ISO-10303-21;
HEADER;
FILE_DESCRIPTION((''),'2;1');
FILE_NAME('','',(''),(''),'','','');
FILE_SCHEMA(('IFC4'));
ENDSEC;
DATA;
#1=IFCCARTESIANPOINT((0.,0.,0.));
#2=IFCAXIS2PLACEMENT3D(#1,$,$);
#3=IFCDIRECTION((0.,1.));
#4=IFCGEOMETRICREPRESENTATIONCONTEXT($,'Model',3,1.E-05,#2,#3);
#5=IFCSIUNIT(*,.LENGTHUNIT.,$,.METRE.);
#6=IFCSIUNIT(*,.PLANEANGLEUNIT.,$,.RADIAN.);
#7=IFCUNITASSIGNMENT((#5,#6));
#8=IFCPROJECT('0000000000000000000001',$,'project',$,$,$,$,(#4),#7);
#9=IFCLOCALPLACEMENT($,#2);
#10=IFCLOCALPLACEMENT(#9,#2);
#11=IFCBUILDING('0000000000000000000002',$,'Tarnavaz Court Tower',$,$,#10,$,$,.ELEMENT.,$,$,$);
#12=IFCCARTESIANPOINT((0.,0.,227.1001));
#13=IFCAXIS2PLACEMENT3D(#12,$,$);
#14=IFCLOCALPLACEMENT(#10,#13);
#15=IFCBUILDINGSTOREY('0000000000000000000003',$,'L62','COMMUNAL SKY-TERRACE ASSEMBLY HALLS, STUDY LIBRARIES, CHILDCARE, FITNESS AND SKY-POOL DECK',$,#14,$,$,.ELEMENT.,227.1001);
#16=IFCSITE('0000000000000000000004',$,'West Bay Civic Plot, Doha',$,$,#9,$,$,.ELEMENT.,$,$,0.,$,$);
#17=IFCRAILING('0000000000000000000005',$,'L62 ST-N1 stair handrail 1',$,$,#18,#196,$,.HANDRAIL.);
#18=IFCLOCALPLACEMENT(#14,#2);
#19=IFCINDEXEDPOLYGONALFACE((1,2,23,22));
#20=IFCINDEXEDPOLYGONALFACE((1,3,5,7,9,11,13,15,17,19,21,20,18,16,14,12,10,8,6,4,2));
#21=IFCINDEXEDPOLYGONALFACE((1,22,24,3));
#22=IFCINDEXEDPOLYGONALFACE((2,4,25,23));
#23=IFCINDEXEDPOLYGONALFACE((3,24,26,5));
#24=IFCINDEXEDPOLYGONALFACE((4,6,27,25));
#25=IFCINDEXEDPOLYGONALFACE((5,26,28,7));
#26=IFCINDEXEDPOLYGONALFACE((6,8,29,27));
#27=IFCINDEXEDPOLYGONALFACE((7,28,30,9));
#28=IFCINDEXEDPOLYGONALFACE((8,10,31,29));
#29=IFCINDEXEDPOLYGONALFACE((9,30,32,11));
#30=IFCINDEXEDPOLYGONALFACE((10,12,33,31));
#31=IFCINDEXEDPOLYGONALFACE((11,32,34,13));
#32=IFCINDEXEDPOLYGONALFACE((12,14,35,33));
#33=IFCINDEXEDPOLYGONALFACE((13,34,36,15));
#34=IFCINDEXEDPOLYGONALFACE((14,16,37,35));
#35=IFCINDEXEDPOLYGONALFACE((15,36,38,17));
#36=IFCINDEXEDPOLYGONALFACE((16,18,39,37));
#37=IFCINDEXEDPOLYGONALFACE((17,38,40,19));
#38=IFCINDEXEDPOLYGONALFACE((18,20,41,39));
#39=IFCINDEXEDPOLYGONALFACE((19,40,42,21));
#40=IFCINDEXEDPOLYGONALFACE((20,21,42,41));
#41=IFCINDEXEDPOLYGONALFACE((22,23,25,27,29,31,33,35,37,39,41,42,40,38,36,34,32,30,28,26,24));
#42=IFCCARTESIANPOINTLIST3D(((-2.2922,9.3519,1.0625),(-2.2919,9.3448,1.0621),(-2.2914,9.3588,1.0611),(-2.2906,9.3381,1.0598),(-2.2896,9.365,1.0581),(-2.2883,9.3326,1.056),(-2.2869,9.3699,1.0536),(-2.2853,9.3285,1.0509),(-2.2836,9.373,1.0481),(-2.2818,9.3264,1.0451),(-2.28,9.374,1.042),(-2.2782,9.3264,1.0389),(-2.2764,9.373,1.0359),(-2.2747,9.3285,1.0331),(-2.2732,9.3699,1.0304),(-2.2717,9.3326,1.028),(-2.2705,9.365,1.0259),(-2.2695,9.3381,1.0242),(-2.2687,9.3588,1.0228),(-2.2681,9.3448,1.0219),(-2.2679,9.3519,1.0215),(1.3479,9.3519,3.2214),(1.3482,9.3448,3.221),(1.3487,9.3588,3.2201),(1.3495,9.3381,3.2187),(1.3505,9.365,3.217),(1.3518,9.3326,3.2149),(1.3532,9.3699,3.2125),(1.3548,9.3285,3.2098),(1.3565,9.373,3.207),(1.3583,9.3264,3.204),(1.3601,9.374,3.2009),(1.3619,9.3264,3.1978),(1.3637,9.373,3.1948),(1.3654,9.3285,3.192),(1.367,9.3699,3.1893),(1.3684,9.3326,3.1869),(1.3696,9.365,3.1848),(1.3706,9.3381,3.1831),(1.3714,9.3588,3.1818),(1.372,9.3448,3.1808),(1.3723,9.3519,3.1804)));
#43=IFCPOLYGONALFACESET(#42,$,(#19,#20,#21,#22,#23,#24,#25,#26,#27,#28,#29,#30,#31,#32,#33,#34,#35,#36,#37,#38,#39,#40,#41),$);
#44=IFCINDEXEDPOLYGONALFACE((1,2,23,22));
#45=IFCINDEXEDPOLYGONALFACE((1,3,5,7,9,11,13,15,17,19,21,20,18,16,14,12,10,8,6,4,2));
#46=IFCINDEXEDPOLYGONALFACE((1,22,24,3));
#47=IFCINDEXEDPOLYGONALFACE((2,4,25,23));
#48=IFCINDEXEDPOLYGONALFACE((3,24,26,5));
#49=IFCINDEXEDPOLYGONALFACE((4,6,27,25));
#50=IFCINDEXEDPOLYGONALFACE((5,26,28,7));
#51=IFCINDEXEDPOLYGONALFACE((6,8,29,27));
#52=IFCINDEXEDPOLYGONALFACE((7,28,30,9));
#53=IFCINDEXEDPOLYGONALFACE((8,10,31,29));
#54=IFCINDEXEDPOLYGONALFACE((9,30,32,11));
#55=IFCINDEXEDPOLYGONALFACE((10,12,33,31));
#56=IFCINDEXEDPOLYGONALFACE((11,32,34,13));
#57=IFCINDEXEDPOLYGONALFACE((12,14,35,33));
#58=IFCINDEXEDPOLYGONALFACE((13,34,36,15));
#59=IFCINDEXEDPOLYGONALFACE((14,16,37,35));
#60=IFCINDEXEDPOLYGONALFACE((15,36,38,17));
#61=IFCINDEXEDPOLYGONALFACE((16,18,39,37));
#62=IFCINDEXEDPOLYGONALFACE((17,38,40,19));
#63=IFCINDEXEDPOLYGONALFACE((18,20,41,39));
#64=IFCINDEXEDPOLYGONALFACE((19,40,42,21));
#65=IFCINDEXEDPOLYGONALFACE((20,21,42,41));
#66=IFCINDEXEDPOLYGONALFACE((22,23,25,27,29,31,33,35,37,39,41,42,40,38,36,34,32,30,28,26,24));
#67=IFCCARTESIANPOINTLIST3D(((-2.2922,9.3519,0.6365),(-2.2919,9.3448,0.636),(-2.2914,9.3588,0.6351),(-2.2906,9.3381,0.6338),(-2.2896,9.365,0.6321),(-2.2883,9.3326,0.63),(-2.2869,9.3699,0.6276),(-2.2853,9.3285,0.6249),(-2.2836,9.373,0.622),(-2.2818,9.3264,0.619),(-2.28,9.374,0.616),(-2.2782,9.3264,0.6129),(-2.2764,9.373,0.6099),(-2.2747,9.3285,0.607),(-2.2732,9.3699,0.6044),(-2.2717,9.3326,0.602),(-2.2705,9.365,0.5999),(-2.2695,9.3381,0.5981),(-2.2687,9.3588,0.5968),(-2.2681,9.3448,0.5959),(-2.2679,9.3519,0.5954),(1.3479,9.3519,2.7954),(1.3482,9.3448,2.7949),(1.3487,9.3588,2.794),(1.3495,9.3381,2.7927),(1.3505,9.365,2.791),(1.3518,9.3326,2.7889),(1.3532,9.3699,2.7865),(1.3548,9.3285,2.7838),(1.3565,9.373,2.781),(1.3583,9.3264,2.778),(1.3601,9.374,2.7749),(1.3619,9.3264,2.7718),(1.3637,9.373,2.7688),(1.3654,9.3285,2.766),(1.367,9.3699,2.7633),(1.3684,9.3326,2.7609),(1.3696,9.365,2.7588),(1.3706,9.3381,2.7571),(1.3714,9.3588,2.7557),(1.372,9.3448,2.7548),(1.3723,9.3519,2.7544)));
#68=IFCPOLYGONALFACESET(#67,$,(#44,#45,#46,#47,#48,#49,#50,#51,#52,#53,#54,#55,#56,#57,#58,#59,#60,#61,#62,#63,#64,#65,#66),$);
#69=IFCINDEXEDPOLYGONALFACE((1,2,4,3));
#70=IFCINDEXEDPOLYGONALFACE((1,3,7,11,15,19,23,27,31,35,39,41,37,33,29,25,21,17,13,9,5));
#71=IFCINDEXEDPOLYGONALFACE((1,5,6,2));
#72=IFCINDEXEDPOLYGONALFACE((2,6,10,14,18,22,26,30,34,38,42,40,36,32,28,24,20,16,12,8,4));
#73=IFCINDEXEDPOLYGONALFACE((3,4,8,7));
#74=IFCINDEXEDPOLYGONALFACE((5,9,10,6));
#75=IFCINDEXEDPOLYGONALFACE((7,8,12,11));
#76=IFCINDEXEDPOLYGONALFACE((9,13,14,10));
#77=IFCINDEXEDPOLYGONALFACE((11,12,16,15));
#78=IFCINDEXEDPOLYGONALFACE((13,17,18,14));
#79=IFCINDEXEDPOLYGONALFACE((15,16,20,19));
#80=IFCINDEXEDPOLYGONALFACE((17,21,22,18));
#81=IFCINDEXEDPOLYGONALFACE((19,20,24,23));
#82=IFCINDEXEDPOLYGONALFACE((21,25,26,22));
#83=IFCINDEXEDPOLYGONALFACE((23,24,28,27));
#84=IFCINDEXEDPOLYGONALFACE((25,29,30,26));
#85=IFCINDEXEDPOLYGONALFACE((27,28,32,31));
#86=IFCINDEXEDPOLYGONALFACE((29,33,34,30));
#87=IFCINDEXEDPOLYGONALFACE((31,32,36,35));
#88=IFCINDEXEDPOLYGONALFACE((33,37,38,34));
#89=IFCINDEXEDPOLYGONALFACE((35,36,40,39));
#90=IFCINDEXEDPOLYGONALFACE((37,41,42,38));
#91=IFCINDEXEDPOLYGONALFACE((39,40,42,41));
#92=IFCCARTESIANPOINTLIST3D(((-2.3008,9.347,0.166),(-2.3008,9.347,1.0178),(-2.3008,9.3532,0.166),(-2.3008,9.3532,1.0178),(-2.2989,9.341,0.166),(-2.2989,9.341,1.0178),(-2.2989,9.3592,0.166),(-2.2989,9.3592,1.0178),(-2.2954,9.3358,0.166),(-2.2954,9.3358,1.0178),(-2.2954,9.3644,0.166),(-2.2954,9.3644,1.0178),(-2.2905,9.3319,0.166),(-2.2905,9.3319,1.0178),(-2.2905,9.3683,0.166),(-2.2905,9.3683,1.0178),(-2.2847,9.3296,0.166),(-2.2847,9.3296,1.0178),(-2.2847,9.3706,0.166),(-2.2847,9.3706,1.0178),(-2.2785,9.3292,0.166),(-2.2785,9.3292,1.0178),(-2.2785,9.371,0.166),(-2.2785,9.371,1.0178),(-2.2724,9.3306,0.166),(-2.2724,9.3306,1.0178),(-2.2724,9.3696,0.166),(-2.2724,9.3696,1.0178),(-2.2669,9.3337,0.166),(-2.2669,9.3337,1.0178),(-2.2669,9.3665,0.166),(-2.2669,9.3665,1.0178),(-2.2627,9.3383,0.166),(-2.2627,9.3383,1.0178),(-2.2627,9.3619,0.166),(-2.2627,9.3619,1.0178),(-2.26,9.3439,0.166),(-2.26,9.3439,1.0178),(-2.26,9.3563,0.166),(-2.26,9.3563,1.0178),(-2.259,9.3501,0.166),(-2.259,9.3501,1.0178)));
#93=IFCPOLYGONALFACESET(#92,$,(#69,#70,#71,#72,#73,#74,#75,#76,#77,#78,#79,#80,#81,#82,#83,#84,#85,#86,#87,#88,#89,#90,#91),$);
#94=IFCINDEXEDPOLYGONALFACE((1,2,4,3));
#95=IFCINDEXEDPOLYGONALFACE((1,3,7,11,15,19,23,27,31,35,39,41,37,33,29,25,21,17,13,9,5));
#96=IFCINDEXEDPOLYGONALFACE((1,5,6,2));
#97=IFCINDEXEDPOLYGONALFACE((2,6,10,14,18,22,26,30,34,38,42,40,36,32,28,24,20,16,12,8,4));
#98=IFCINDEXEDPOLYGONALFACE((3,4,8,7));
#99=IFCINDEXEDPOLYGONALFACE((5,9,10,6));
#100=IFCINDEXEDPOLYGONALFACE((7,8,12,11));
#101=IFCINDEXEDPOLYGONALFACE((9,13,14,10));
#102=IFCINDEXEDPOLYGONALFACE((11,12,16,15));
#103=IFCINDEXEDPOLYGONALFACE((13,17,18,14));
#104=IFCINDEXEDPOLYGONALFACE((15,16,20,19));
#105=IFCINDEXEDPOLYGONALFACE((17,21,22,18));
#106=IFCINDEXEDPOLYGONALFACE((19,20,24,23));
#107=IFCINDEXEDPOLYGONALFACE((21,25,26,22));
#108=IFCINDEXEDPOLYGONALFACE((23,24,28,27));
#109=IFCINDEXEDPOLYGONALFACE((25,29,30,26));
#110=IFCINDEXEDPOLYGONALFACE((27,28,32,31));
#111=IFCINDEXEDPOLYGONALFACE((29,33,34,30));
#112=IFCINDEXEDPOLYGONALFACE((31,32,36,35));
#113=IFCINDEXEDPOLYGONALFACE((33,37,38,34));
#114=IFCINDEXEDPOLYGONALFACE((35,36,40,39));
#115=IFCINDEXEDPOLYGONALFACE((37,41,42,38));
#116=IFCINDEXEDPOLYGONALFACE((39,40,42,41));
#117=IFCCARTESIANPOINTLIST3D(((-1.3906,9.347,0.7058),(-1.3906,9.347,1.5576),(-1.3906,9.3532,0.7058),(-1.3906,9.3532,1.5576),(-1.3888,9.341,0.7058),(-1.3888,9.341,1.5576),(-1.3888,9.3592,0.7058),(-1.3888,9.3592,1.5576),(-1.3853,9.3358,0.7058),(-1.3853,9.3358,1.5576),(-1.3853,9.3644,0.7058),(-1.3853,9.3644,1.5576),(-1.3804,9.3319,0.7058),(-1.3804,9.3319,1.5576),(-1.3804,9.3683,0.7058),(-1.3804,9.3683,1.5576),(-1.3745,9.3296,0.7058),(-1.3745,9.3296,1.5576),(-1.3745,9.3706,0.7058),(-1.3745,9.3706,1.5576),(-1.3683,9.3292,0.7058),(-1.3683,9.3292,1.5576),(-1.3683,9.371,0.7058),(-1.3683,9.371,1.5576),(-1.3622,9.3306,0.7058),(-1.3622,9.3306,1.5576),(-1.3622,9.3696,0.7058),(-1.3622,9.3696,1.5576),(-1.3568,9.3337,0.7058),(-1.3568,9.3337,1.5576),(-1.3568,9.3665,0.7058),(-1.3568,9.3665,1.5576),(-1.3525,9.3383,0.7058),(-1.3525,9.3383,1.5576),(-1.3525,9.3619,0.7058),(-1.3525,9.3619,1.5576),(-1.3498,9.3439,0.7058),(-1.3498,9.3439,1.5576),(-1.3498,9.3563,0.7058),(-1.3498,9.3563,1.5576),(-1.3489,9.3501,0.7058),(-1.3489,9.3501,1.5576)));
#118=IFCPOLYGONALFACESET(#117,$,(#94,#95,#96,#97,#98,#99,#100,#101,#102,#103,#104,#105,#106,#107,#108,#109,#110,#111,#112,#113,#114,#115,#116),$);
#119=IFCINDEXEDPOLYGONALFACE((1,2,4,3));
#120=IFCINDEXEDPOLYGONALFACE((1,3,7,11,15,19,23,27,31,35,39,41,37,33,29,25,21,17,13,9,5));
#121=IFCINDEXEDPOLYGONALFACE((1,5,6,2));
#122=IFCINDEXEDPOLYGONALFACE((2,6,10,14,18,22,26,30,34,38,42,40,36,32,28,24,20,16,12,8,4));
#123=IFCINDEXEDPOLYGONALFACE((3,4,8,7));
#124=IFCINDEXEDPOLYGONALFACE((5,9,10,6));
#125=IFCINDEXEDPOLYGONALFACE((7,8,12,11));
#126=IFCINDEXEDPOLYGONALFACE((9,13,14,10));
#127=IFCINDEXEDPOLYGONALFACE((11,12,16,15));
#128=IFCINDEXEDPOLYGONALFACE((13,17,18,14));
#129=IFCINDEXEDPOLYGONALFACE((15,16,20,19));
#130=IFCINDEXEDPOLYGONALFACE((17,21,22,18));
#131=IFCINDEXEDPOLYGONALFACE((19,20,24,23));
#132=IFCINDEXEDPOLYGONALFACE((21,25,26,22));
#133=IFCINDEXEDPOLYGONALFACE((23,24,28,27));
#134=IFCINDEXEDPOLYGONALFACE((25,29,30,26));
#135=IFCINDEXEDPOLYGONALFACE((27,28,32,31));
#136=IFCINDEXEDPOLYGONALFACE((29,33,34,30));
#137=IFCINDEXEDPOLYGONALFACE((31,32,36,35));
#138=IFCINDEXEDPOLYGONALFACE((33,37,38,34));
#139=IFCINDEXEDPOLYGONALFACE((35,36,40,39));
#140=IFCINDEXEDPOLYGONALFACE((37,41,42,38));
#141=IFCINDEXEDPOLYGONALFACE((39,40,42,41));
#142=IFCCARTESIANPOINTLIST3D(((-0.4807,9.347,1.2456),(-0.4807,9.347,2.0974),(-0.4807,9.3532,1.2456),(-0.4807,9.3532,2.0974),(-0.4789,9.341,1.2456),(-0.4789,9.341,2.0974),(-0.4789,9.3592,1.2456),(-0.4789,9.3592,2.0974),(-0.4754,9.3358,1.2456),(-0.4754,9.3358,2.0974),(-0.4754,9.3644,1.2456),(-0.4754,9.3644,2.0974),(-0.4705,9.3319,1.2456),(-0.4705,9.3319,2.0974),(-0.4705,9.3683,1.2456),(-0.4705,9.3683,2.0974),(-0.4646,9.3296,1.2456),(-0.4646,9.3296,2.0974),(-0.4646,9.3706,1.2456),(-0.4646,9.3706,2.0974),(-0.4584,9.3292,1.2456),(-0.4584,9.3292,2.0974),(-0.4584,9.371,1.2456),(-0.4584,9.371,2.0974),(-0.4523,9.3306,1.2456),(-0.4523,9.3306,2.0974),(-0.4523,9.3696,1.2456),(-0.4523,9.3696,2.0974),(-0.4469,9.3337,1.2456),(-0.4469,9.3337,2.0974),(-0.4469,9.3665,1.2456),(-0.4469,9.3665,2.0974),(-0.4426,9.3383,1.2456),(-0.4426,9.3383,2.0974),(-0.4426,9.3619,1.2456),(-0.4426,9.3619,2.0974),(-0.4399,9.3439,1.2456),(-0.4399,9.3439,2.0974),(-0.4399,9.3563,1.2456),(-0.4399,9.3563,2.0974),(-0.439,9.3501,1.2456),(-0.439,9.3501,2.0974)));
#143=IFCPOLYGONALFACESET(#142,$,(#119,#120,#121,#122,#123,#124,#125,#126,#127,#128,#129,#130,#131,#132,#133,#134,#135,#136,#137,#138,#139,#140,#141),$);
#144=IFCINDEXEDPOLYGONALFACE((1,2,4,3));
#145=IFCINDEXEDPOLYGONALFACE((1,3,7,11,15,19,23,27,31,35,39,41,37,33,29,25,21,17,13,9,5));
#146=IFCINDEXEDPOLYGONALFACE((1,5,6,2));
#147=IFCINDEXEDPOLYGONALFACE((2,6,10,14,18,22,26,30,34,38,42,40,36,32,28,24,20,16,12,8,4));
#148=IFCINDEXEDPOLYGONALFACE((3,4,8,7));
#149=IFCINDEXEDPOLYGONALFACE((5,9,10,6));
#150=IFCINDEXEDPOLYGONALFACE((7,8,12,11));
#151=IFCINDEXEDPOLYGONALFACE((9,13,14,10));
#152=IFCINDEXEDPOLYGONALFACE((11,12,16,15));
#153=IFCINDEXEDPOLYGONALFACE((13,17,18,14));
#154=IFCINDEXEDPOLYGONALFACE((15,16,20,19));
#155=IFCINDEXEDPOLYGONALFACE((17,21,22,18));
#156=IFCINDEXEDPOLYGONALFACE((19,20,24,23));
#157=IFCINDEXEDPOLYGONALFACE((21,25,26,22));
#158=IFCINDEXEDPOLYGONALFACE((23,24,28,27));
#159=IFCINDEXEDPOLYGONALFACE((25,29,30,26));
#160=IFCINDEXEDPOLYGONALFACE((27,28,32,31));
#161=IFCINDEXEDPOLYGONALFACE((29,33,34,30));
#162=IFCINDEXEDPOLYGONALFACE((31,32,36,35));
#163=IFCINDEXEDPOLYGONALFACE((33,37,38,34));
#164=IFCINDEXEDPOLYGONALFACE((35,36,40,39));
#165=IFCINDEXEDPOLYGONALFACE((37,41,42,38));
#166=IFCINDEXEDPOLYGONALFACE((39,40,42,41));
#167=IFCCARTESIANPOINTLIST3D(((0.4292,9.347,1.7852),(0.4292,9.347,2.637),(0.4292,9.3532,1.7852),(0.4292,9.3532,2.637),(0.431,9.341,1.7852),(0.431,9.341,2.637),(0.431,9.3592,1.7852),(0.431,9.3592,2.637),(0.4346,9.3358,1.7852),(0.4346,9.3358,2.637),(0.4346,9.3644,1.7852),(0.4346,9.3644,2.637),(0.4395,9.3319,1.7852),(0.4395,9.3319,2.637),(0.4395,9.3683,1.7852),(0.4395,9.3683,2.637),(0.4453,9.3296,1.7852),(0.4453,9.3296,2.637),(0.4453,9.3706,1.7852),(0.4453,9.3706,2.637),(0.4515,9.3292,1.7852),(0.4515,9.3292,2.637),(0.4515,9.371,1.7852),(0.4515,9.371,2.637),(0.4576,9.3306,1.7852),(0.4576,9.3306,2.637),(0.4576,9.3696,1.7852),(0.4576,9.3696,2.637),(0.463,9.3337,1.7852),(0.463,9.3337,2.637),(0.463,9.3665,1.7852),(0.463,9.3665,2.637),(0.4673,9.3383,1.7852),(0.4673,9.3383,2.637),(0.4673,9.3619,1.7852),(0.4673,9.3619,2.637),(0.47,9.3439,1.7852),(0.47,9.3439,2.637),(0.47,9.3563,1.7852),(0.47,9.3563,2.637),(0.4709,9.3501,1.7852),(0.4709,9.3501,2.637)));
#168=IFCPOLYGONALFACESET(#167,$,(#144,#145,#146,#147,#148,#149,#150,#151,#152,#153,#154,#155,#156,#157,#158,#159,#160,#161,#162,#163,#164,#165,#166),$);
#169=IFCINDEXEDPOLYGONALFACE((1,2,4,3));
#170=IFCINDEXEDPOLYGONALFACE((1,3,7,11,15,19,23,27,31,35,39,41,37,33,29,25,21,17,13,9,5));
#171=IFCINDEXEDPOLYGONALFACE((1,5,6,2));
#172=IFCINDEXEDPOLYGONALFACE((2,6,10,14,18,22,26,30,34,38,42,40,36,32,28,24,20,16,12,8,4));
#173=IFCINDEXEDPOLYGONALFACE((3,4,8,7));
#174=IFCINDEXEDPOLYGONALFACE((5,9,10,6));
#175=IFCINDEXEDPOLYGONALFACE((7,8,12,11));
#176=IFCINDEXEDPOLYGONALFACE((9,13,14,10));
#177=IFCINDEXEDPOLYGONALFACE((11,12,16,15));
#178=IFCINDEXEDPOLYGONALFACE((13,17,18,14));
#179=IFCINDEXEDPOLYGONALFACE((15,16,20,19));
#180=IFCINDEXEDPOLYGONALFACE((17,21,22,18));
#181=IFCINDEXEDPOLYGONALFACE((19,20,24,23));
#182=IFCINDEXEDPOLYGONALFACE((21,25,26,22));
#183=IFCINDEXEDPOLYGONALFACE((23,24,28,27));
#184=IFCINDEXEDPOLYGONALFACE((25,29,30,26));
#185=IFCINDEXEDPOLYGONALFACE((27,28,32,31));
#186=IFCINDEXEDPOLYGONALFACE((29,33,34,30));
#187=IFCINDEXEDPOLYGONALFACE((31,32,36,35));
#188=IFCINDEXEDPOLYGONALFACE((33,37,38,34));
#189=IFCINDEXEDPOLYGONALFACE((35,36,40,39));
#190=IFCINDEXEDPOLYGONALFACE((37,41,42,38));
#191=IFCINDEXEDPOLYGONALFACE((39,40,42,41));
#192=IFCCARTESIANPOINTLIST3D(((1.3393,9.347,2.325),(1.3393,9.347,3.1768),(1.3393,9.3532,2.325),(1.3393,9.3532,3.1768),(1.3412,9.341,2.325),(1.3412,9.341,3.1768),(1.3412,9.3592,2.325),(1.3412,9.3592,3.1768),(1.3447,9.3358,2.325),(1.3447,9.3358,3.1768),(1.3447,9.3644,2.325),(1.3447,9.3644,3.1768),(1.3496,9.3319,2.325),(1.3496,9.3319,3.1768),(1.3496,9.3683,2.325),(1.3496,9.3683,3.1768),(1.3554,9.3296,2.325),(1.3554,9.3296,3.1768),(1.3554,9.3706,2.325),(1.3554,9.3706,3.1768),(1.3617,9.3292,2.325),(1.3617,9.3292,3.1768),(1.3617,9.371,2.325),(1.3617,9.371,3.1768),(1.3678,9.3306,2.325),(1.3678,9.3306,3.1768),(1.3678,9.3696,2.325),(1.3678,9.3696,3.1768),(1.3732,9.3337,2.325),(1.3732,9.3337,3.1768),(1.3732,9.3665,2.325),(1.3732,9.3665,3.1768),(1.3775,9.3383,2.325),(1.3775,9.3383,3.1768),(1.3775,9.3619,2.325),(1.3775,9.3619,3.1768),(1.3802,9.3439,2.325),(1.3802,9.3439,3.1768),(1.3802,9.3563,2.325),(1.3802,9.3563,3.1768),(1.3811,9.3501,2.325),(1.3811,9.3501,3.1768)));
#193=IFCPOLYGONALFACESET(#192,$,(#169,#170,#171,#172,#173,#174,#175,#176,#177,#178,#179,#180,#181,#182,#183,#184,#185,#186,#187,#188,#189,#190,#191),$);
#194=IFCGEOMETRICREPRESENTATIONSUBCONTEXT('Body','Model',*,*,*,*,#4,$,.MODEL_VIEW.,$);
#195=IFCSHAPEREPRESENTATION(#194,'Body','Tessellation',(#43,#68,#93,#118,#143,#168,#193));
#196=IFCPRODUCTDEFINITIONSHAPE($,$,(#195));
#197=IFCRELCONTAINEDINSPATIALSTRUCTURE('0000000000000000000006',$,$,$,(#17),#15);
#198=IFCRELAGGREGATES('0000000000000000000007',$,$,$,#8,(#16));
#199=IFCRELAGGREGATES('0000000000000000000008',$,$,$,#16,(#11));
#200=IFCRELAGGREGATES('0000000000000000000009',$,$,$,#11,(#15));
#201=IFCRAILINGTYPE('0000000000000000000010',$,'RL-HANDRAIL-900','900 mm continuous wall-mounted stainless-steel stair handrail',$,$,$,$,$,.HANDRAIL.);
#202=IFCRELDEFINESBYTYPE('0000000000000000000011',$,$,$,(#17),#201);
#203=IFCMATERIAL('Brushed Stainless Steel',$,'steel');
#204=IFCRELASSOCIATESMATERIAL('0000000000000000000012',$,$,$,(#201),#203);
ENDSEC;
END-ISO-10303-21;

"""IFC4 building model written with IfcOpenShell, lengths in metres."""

from ifc_helpers import new_model, si_unit, direction, frame, origin, origin_2d, place, context, subcontext, project, spatial, circle, extrude, material, type_object, element, save


model = new_model("IFC4")

# Units and contexts
model_context = context("Model", 3, precision=1e-05, world=origin(), true_north=direction((0.0, 1.0)))
body_context = subcontext(model_context, "Body", "Model", "MODEL_VIEW")
ifc_project = project(units=[si_unit("LENGTHUNIT", "METRE"), si_unit("PLANEANGLEUNIT", "RADIAN")], contexts=[model_context])

# Site, building, storey
site_placement = place(None, origin())
site = spatial("IfcSite", under=ifc_project, at=site_placement, Name="West Bay Civic Plot, Doha", CompositionType="ELEMENT", RefElevation=0.0)
building_placement = place(site_placement, origin())
building = spatial("IfcBuilding", under=site, at=building_placement, Name="Tarnavaz Court Tower", CompositionType="ELEMENT")
storey_placement = place(building_placement, frame((0.0, 0.0, 227.1001)))
storey = spatial("IfcBuildingStorey", under=building, at=storey_placement, Name="L62", Description="COMMUNAL SKY-TERRACE ASSEMBLY HALLS, STUDY LIBRARIES, CHILDCARE, FITNESS AND SKY-POOL DECK", CompositionType="ELEMENT", Elevation=227.1001)

# Railing
ifc_material_1 = material(Name="Brushed Stainless Steel", Category="steel")
railing_type_1 = type_object("IfcRailingType", Name="RL-HANDRAIL-900", Description="900 mm continuous wall-mounted stainless-steel stair handrail", PredefinedType="HANDRAIL", material=ifc_material_1)
railing_1_placement = place(storey_placement, frame((-2.28, 9.3501, 0.166)))
element("IfcRailing", 1, at=railing_1_placement, inside=storey, type_object=railing_type_1, Name="L62 ST-N1 stair handrail 1", PredefinedType="HANDRAIL", context=body_context, shape_type="SweptSolid", body=[
    extrude(circle(Radius=0.0239, at=origin_2d()), frame((0.0, 0.0, 0.876), z_axis=(0.860103, 0.0, 0.51012), x_axis=(0.0, 1.0, 0.0)), (0.0, 0.0, 1.0), 4.2322),
    extrude(circle(Radius=0.0239, at=origin_2d()), frame((0.0, 0.0, 0.45), z_axis=(0.860103, 0.0, 0.51012), x_axis=(0.0, 1.0, 0.0)), (0.0, 0.0, 1.0), 4.2322),
    extrude(circle(Radius=0.021, at=origin_2d()), origin(), (0.0, 0.0, 1.0), 0.8518),
    extrude(circle(Radius=0.021, at=origin_2d()), frame((0.9102, 0.0, 0.5398)), (0.0, 0.0, 1.0), 0.8518),
    extrude(circle(Radius=0.021, at=origin_2d()), frame((1.8201, 0.0, 1.0796)), (0.0, 0.0, 1.0), 0.8518),
    extrude(circle(Radius=0.021, at=origin_2d()), frame((2.73, 0.0, 1.6191)), (0.0, 0.0, 1.0), 0.8518),
    extrude(circle(Radius=0.021, at=origin_2d()), frame((3.6401, 0.0, 2.1589)), (0.0, 0.0, 1.0), 0.8518),
])

save(model, "model.ifc")
